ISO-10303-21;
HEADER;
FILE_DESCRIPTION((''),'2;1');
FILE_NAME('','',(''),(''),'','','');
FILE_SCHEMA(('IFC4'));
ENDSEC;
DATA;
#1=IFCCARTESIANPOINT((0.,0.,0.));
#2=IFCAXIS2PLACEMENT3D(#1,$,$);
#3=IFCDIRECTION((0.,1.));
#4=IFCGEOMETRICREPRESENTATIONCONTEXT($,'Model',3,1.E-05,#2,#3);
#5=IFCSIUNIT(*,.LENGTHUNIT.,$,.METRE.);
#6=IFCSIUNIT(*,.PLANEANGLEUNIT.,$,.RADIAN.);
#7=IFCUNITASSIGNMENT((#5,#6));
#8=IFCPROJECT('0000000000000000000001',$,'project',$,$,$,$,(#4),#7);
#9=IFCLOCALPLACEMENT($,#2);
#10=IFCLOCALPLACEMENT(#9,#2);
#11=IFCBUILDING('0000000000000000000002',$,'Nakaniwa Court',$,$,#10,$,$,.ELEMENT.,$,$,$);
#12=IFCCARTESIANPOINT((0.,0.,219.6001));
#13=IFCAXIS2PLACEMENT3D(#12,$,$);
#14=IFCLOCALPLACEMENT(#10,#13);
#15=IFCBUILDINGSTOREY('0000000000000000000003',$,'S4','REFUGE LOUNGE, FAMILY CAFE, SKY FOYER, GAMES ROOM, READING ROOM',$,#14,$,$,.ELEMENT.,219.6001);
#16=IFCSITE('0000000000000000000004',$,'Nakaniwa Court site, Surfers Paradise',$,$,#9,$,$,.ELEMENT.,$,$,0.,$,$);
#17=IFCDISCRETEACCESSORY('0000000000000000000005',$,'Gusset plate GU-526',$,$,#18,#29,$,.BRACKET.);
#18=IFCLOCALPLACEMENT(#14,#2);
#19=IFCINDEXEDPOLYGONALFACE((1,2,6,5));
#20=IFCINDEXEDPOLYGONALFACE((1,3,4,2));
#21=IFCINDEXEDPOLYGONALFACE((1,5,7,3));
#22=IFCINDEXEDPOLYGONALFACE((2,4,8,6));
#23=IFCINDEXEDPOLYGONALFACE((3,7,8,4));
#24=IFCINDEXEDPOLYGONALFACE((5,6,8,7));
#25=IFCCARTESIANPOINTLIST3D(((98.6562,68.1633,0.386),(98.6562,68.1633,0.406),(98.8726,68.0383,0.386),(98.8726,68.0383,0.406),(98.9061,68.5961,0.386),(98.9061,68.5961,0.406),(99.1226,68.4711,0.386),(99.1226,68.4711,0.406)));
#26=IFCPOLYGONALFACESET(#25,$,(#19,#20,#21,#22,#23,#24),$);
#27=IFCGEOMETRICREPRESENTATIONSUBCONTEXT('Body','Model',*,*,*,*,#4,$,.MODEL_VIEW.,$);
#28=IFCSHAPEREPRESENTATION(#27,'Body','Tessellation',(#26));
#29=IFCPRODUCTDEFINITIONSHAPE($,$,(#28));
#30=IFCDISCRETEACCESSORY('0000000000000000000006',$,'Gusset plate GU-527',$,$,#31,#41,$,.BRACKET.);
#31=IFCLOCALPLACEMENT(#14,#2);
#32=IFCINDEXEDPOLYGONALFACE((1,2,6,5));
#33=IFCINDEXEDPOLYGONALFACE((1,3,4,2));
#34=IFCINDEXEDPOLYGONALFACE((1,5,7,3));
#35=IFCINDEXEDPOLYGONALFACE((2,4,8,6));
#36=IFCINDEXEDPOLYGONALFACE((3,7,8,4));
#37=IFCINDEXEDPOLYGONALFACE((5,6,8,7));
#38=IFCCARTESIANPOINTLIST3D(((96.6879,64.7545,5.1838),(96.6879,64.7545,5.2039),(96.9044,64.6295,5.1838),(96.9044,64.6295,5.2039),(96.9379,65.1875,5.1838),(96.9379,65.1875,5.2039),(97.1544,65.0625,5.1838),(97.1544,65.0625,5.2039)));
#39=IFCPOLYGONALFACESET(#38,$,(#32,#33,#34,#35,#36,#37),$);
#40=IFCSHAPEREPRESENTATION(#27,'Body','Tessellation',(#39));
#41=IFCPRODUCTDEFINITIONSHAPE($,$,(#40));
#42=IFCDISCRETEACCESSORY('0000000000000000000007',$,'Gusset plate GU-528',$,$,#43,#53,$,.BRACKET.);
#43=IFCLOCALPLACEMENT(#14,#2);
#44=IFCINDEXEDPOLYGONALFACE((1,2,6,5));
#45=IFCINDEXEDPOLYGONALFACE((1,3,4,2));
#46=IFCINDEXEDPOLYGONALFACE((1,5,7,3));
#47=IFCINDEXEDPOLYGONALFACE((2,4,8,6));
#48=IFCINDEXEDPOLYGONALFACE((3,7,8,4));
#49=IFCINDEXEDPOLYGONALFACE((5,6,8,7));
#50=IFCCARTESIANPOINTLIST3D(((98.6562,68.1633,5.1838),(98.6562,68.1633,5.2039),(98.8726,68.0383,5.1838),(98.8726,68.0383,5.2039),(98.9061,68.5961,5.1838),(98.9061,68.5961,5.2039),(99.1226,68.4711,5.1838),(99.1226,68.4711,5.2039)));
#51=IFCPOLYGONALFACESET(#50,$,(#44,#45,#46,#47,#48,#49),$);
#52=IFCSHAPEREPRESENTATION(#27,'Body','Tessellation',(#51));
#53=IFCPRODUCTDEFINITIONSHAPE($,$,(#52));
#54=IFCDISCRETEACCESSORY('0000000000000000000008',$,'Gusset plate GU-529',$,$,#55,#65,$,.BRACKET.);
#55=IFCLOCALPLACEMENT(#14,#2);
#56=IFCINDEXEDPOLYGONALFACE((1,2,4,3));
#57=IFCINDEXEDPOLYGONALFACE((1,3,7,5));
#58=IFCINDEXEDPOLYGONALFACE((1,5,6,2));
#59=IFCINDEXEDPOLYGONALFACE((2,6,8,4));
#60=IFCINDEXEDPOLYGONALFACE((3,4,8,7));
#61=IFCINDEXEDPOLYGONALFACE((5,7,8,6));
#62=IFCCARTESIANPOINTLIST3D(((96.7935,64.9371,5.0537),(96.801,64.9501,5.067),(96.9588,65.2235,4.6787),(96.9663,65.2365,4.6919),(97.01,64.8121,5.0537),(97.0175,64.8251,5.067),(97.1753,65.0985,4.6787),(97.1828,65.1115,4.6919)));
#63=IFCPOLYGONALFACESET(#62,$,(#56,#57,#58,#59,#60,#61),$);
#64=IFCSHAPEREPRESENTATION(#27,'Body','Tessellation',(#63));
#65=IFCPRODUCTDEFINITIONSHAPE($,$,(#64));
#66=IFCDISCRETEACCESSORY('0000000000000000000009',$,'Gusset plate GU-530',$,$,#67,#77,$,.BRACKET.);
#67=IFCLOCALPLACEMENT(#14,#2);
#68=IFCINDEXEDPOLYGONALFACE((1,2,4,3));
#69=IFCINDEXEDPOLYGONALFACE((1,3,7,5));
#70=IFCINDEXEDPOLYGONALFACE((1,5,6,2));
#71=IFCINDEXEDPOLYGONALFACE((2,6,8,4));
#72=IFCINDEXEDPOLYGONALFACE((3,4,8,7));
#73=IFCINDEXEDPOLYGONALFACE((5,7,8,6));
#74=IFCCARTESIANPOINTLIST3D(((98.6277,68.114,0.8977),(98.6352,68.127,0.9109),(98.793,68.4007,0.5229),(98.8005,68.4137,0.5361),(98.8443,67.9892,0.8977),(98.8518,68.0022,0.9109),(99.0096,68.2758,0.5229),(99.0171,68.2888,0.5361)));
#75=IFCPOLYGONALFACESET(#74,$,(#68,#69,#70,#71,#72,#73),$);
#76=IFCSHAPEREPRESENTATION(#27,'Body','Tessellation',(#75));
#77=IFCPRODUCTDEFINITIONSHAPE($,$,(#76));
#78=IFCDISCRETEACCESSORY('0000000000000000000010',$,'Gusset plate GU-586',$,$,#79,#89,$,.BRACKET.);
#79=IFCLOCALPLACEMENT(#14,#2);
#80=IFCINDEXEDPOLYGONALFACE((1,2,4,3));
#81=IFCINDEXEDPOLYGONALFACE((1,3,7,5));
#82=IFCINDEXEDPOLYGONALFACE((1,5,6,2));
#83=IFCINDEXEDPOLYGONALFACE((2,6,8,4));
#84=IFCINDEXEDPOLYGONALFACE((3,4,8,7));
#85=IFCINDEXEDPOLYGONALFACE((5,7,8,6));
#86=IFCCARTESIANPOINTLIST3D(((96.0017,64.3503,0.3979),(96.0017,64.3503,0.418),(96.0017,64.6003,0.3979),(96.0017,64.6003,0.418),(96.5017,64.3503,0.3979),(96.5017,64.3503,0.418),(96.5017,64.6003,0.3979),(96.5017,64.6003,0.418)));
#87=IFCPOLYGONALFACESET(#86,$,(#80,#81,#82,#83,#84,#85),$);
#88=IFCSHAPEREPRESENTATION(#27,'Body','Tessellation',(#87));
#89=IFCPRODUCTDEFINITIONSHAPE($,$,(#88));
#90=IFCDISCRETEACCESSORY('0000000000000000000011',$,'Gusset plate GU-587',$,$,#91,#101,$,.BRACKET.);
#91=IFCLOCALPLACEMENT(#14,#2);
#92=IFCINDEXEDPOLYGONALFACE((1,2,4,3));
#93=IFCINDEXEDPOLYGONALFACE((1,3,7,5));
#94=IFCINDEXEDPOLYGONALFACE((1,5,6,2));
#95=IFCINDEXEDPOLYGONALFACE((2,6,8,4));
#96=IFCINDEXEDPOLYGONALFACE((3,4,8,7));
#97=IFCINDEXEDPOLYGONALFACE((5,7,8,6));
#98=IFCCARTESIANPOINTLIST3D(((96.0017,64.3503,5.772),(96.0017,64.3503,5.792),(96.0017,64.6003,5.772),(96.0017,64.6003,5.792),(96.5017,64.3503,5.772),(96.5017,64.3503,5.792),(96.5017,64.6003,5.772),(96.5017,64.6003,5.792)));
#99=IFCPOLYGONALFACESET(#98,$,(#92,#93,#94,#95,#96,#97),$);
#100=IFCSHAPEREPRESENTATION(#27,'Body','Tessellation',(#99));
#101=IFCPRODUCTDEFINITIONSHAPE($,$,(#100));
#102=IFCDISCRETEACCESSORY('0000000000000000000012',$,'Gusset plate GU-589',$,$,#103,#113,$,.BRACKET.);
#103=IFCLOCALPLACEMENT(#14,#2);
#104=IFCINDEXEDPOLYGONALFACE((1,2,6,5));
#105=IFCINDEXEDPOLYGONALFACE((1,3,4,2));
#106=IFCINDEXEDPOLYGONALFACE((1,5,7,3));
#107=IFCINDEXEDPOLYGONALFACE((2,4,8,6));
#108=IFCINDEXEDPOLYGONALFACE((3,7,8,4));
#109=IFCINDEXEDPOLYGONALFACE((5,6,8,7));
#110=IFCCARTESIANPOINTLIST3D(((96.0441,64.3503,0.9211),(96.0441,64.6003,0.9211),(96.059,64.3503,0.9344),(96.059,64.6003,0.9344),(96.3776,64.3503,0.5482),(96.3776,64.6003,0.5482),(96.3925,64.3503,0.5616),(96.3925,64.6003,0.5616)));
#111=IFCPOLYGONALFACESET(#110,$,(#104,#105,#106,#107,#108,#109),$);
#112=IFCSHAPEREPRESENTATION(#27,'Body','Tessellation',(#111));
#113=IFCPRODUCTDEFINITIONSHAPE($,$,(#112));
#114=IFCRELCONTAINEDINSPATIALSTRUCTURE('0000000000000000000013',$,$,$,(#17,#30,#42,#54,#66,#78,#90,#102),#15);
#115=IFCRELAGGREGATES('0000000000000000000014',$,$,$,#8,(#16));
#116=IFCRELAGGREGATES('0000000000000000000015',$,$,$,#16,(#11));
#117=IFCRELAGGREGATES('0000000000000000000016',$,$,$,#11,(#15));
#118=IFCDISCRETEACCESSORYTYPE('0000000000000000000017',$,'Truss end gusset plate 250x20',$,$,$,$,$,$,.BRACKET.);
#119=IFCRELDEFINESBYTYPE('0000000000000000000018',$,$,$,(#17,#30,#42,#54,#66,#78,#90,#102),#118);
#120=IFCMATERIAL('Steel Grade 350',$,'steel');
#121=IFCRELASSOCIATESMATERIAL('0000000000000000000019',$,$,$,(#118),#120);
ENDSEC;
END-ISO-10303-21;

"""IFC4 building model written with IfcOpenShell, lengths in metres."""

from ifc_helpers import new_model, si_unit, direction, frame, origin, origin_2d, place, context, subcontext, project, spatial, rectangle, extrude, material, material_profile, profile_set, type_object, element, save


model = new_model("IFC4")

# Units and contexts
model_context = context("Model", 3, precision=1e-05, world=origin(), true_north=direction((0.0, 1.0)))
body_context = subcontext(model_context, "Body", "Model", "MODEL_VIEW")
ifc_project = project(units=[si_unit("LENGTHUNIT", "METRE"), si_unit("PLANEANGLEUNIT", "RADIAN")], contexts=[model_context])

# Site, building, storey
site_placement = place(None, origin())
site = spatial("IfcSite", under=ifc_project, at=site_placement, Name="Nakaniwa Court site, Surfers Paradise", CompositionType="ELEMENT", RefElevation=0.0)
building_placement = place(site_placement, origin())
building = spatial("IfcBuilding", under=site, at=building_placement, Name="Nakaniwa Court", CompositionType="ELEMENT")
storey_placement = place(building_placement, frame((0.0, 0.0, 219.6001)))
storey = spatial("IfcBuildingStorey", under=building, at=storey_placement, Name="S4", Description="REFUGE LOUNGE, FAMILY CAFE, SKY FOYER, GAMES ROOM, READING ROOM", CompositionType="ELEMENT", Elevation=219.6001)

# Shared definitions
ifc_material_1 = material(Name="Steel Grade 350", Category="steel")

# Discrete accessories
ifc_material_profile_1 = material_profile(ifc_material_1, rectangle(XDim=0.25, YDim=0.02, at=origin_2d()), Name="Truss end gusset plate 250x20")
ifc_profile_set_1 = profile_set([ifc_material_profile_1], Name="Steel Grade 350")
discrete_accessory_type = type_object("IfcDiscreteAccessoryType", Name="Truss end gusset plate 250x20", PredefinedType="BRACKET", material=ifc_profile_set_1)
discrete_accessory_1_placement = place(storey_placement, frame((98.7644, 68.1008, 0.396), z_axis=(0.500131, 0.86595, 0.0), x_axis=(-0.86595, 0.500131, 0.0)))
element("IfcDiscreteAccessory", 1, at=discrete_accessory_1_placement, inside=storey, type_object=discrete_accessory_type, Name="Gusset plate GU-526", PredefinedType="BRACKET", context=body_context, shape_type="SweptSolid", body=[
    extrude(rectangle(XDim=0.25, YDim=0.02, at=origin_2d()), origin(), (0.0, 0.0, 1.0), 0.4998),
])
discrete_accessory_2_placement = place(storey_placement, frame((97.0461, 65.125, 5.1938), z_axis=(-0.49992, -0.866072, 0.0), x_axis=(0.866072, -0.49992, 0.0)))
element("IfcDiscreteAccessory", 2, at=discrete_accessory_2_placement, inside=storey, type_object=discrete_accessory_type, Name="Gusset plate GU-527", PredefinedType="BRACKET", context=body_context, shape_type="SweptSolid", body=[
    extrude(rectangle(XDim=0.25, YDim=0.02, at=origin_2d()), origin(), (0.0, 0.0, 1.0), 0.5),
])
discrete_accessory_3_placement = place(storey_placement, frame((98.7644, 68.1008, 5.1938), z_axis=(0.500131, 0.86595, 0.0), x_axis=(-0.86595, 0.500131, 0.0)))
element("IfcDiscreteAccessory", 3, at=discrete_accessory_3_placement, inside=storey, type_object=discrete_accessory_type, Name="Gusset plate GU-528", PredefinedType="BRACKET", context=body_context, shape_type="SweptSolid", body=[
    extrude(rectangle(XDim=0.25, YDim=0.02, at=origin_2d()), origin(), (0.0, 0.0, 1.0), 0.4998),
])
for number, where, z_axis, x_axis, name in (
    (4, (97.0708, 65.1675, 4.6853), (-0.330596, -0.572805, 0.750067), (0.8661, -0.499872, 0.0), "Gusset plate GU-529"),
    (5, (98.7397, 68.0581, 0.9043), (0.330625, 0.573343, -0.749643), (-0.866284, 0.499552, 0.0), "Gusset plate GU-530"),
    (6, (96.0017, 64.4753, 0.408), (1.0, 0.0, 0.0), (0.0, 1.0, 0.0), "Gusset plate GU-586"),
    (7, (96.0017, 64.4753, 5.782), (1.0, 0.0, 0.0), (0.0, 1.0, 0.0), "Gusset plate GU-587"),
):
    element("IfcDiscreteAccessory", number, at=place(storey_placement, frame(where, z_axis=z_axis, x_axis=x_axis)), inside=storey, type_object=discrete_accessory_type, Name=name, PredefinedType="BRACKET", context=body_context, shape_type="SweptSolid", body=[
        extrude(rectangle(XDim=0.25, YDim=0.02, at=origin_2d()), origin(), (0.0, 0.0, 1.0), 0.5),
    ])
discrete_accessory_4_placement = place(storey_placement, frame((96.0515, 64.4753, 0.9277), z_axis=(0.666724, 0.0, -0.745305), x_axis=(0.0, 1.0, 0.0)))
element("IfcDiscreteAccessory", 8, at=discrete_accessory_4_placement, inside=storey, type_object=discrete_accessory_type, Name="Gusset plate GU-589", PredefinedType="BRACKET", context=body_context, shape_type="SweptSolid", body=[
    extrude(rectangle(XDim=0.25, YDim=0.02, at=origin_2d()), origin(), (0.0, 0.0, 1.0), 0.5002),
])

save(model, "model.ifc")
